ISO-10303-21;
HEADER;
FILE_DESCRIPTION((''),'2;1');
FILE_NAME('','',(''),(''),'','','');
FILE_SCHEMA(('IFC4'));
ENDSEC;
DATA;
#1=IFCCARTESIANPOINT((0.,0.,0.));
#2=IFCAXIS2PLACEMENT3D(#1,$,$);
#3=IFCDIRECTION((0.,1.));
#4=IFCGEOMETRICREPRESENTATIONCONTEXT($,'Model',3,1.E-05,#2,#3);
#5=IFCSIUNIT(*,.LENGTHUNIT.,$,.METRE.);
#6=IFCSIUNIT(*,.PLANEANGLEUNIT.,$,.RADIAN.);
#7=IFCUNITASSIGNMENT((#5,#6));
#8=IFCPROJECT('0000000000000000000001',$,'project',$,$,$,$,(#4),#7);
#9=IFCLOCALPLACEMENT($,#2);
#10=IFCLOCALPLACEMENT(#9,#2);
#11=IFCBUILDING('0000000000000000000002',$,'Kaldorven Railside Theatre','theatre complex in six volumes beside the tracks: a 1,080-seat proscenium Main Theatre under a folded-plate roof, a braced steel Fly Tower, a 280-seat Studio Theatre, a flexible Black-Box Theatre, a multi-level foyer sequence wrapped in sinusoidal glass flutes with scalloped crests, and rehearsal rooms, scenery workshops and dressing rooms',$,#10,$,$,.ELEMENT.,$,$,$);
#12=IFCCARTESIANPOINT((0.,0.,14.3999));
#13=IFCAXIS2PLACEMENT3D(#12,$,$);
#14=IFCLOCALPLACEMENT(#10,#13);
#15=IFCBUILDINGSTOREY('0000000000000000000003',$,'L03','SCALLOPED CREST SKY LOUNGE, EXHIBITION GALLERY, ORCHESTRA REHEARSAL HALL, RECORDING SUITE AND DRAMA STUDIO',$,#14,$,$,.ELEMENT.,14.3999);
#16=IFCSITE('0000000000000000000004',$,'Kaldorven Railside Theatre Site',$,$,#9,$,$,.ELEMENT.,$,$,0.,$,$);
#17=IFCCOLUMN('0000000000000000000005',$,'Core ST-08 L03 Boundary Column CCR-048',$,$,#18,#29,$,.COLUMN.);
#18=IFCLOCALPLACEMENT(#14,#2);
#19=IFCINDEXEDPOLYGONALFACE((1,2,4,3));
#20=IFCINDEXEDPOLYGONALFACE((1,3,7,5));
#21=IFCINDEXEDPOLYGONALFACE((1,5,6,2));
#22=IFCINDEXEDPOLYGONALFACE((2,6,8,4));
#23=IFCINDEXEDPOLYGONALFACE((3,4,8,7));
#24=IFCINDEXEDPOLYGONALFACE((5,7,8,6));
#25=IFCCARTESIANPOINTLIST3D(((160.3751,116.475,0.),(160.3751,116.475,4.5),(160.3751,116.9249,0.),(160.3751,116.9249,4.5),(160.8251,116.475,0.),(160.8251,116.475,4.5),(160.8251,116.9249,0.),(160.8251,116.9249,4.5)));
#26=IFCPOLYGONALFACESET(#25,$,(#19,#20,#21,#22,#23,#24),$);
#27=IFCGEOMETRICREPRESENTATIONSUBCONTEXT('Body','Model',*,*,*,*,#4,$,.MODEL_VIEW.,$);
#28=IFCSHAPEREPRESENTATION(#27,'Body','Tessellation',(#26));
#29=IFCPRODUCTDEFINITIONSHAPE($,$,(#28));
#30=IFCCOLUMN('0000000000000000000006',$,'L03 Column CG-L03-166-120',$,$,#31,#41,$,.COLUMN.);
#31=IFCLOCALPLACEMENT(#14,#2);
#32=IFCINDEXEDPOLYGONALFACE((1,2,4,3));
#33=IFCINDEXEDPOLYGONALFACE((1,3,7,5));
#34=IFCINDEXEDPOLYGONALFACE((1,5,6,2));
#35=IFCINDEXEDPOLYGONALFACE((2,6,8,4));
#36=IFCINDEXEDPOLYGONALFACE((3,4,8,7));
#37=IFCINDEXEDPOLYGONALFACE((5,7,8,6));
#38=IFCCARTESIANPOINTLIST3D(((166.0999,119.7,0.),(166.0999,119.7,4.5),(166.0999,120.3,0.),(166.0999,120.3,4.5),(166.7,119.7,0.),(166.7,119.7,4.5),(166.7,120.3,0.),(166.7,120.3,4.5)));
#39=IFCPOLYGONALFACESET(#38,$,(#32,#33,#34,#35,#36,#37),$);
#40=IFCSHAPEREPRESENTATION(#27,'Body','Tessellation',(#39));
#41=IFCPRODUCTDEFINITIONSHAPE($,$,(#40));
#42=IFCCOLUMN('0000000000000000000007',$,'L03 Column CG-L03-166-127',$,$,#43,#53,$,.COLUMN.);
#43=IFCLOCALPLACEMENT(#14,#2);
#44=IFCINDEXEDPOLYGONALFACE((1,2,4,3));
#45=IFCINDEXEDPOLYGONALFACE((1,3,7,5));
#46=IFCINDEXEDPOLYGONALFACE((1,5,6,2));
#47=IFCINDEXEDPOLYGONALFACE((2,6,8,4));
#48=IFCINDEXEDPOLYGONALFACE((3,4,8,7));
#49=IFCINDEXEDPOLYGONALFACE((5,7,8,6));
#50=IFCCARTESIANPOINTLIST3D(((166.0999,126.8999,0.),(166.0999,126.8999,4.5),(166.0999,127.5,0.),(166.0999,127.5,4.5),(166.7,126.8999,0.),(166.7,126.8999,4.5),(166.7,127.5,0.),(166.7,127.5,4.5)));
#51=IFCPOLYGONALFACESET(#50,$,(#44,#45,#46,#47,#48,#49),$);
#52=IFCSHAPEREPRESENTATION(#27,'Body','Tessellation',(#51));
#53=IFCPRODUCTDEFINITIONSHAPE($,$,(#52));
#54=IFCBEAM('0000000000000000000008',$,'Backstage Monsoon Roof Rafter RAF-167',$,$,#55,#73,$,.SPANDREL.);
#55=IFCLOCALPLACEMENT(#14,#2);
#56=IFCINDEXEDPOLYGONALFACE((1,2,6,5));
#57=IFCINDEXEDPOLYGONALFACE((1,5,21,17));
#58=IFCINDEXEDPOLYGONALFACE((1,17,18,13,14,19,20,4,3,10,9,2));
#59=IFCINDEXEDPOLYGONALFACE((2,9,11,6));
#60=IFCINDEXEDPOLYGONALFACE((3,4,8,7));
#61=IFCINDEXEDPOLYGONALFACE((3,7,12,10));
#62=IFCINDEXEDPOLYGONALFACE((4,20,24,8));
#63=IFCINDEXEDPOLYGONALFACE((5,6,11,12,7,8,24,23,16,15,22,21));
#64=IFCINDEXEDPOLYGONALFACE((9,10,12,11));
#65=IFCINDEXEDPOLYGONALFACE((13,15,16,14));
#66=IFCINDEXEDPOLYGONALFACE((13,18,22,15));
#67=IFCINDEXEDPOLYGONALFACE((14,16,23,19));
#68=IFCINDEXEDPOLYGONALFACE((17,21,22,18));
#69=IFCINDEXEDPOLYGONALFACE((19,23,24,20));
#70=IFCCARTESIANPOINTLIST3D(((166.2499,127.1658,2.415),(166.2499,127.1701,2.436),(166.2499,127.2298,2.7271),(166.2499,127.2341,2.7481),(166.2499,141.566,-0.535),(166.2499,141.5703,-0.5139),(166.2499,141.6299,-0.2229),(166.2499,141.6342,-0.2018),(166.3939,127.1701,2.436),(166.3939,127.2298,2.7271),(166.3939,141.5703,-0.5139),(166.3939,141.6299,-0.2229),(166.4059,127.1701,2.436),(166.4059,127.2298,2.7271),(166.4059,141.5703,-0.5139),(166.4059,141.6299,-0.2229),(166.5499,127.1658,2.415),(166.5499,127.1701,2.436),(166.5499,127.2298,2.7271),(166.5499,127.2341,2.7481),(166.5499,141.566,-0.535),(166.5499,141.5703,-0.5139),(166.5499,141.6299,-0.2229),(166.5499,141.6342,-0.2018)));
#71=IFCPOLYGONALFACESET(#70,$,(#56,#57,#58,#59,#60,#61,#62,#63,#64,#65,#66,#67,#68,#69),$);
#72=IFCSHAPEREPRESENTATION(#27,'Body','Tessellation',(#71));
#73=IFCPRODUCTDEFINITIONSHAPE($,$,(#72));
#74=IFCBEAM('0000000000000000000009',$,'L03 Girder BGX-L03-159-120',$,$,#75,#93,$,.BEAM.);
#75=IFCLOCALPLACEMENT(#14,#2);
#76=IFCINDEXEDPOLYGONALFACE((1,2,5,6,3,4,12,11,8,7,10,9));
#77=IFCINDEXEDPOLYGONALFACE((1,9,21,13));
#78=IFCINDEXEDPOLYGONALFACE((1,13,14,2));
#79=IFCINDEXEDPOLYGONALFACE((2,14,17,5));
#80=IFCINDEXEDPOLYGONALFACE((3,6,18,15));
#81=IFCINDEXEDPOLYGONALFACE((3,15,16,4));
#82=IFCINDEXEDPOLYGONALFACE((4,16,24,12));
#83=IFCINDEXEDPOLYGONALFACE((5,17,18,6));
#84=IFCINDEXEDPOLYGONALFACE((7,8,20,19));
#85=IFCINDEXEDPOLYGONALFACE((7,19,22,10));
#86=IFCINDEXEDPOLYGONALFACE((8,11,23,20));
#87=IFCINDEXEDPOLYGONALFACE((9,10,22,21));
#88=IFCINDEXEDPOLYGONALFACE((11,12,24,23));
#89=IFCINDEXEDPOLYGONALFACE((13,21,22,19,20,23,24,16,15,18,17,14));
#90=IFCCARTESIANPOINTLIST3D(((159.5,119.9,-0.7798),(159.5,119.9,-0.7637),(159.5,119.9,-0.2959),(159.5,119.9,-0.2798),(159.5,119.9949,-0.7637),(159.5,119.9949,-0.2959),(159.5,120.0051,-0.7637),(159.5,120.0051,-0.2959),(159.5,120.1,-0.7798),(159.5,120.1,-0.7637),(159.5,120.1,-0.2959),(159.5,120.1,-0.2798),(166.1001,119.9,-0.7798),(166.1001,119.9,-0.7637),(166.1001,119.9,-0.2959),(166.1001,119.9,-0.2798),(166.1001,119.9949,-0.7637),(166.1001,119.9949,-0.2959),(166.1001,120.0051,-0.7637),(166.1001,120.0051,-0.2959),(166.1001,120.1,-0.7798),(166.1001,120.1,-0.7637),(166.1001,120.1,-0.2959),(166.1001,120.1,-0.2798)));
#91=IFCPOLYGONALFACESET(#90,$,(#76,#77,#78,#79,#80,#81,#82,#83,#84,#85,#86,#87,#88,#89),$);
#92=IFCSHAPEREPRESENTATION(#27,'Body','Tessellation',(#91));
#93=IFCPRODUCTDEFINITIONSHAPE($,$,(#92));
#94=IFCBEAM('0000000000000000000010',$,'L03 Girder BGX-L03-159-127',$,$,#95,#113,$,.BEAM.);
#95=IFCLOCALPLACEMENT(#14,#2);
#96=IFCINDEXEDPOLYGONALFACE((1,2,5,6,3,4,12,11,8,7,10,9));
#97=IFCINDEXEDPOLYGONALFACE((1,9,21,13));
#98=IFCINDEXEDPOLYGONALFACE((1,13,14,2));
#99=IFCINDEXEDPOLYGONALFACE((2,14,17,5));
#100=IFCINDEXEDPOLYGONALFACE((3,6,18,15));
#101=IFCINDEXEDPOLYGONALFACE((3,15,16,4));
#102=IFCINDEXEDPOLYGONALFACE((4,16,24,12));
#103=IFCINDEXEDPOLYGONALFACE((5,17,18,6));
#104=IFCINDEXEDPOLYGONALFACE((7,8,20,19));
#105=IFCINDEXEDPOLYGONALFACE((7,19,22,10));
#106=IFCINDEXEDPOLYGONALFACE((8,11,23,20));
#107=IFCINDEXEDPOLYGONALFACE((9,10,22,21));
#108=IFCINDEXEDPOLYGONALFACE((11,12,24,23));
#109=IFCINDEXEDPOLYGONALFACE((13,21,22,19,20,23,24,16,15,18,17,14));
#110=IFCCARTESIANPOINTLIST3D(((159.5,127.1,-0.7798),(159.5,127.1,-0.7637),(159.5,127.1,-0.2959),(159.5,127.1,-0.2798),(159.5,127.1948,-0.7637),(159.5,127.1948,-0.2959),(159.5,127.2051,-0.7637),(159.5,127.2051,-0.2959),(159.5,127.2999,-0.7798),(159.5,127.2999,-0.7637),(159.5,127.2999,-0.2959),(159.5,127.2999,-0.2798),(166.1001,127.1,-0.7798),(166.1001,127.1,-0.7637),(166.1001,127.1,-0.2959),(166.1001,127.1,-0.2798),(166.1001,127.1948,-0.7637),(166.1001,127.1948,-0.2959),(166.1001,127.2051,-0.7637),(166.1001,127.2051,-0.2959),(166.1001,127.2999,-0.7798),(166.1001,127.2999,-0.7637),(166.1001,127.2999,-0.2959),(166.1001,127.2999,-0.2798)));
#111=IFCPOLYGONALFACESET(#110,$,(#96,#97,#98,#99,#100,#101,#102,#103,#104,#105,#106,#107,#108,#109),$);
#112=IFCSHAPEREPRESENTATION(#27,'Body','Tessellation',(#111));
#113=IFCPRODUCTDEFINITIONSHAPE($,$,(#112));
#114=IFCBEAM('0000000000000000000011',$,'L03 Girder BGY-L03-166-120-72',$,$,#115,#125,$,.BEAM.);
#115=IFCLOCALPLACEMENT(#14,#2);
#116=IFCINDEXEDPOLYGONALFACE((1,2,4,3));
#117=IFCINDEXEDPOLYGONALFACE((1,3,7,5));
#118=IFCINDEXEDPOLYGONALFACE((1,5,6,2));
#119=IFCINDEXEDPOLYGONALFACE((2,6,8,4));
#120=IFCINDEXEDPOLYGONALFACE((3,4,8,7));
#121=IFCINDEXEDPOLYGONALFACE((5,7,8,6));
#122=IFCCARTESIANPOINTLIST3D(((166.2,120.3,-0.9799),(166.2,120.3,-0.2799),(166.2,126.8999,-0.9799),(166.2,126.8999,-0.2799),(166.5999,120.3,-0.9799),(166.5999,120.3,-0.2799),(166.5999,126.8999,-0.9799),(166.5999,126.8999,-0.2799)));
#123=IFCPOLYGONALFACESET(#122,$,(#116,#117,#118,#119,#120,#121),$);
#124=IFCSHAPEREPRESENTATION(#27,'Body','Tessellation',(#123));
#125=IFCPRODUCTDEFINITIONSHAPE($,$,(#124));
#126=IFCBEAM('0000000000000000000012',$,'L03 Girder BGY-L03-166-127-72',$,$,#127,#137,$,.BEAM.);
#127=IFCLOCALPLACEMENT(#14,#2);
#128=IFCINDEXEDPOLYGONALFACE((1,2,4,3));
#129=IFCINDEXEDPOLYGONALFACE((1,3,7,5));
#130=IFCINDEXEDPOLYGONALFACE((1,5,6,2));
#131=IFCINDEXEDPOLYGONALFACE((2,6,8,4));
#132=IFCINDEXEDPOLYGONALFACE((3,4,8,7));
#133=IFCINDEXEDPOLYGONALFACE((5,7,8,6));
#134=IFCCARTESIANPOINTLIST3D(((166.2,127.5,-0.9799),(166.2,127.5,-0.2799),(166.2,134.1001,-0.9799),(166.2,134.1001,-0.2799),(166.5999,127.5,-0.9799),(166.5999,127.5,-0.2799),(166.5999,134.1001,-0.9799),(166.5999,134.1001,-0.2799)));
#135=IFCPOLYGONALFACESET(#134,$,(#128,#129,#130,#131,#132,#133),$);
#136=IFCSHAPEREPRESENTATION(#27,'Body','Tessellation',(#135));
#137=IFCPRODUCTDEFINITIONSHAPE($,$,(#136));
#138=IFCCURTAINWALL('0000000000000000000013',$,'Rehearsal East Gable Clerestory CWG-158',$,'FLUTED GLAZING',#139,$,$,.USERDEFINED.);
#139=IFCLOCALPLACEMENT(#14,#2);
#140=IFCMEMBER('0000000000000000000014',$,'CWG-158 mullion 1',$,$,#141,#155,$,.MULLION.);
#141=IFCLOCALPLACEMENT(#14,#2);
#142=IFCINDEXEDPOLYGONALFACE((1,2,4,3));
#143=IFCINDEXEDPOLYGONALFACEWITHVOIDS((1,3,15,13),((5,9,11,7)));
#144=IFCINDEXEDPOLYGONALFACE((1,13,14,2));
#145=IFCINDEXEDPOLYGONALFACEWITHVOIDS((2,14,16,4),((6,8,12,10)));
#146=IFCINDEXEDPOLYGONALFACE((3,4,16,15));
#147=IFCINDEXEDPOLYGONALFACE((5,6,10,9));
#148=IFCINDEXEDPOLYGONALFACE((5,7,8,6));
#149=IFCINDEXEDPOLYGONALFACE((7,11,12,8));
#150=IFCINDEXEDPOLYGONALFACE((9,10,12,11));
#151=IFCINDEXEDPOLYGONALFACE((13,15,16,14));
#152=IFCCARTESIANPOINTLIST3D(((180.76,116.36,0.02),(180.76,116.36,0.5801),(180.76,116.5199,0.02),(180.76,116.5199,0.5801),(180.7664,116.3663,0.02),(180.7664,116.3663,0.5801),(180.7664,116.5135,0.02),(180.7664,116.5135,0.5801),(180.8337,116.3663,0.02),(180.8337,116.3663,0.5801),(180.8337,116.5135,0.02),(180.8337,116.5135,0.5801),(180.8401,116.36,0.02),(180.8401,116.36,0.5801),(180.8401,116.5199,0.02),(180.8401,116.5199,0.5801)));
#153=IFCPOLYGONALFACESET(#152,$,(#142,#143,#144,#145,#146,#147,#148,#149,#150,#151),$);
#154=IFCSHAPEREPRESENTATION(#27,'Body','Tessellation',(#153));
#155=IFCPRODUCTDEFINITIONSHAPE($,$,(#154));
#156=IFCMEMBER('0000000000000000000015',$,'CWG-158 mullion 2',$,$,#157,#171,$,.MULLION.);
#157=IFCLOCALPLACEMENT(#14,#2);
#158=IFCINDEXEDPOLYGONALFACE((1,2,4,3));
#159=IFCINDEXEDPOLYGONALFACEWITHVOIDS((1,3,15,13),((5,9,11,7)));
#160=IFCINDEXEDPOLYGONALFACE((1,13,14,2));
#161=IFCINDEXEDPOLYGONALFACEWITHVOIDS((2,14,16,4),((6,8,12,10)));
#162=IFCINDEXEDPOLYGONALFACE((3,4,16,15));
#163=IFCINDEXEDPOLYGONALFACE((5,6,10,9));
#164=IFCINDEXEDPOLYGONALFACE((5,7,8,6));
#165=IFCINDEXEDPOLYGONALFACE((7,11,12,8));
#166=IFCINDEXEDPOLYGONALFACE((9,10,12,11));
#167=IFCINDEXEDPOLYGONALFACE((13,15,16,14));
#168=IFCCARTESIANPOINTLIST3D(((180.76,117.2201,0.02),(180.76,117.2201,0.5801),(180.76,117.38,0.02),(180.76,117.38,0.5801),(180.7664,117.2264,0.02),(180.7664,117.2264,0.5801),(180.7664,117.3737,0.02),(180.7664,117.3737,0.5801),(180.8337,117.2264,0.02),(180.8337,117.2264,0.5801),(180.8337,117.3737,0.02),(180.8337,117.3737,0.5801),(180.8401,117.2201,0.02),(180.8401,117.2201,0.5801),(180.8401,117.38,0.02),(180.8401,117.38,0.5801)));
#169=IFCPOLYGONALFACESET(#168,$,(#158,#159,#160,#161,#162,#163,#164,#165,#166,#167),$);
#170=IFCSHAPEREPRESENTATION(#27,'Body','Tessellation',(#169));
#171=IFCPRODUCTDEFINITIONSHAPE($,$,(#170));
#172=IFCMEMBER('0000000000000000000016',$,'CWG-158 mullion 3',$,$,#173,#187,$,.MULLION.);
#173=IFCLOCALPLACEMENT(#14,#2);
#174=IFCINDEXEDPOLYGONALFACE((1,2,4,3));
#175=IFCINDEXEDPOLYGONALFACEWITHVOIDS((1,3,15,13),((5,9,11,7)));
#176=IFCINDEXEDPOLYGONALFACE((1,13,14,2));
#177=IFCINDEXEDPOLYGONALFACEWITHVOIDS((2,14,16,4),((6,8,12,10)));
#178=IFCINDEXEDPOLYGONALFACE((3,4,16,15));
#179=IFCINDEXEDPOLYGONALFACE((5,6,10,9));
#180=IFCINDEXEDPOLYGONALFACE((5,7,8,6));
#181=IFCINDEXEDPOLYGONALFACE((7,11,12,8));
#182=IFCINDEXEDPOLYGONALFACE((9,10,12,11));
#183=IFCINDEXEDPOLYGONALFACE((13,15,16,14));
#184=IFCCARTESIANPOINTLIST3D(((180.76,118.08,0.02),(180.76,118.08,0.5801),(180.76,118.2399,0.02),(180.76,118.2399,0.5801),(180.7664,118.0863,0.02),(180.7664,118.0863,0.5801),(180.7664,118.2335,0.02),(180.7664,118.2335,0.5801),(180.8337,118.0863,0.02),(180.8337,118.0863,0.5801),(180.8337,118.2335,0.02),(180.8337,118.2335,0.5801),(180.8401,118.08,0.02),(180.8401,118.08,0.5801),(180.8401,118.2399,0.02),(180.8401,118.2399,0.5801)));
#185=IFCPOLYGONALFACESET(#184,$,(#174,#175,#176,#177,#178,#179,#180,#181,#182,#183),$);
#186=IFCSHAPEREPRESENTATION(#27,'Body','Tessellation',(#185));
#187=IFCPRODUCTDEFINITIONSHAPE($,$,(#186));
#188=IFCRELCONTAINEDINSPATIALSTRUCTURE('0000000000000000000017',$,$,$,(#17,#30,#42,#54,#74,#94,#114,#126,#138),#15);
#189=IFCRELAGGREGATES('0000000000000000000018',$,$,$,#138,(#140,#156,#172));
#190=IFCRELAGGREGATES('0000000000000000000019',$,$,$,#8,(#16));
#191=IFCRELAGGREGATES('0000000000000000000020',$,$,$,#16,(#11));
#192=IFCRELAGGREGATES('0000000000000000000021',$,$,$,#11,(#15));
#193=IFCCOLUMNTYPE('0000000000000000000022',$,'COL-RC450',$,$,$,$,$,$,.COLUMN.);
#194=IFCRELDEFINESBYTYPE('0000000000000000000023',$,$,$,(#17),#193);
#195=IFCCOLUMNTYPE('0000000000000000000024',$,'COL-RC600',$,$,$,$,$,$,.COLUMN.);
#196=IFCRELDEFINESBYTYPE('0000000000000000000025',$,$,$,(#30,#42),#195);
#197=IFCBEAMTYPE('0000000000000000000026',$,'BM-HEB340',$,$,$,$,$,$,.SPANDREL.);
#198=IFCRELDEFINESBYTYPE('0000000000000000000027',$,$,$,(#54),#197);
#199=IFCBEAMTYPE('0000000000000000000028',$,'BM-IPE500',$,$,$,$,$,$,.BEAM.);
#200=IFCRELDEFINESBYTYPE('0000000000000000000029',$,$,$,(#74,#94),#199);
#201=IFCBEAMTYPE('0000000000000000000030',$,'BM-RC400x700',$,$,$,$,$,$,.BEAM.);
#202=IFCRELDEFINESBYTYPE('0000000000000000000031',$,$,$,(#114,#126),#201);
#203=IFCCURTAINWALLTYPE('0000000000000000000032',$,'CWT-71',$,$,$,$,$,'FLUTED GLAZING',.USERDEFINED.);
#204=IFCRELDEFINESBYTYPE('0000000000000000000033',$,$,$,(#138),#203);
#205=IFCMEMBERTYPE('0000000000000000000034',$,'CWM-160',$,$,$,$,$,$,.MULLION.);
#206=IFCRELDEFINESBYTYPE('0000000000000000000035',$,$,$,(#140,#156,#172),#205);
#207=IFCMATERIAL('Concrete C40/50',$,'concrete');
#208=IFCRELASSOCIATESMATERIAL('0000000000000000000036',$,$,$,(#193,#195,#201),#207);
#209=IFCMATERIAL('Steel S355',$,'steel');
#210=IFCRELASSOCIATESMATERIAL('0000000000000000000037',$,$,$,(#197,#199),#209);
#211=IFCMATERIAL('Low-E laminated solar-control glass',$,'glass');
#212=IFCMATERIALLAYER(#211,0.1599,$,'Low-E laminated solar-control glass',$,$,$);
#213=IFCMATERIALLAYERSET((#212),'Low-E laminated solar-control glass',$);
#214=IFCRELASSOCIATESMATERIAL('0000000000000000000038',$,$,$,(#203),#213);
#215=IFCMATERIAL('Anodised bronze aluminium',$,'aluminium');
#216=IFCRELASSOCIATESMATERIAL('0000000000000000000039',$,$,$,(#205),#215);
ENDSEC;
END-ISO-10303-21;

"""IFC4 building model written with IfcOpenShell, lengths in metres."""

from ifc_helpers import new_model, si_unit, direction, frame, origin, origin_2d, place, context, subcontext, project, spatial, rectangle, hollow_rectangle, i_section, extrude, material, layer, layer_set, material_profile, profile_set, type_object, element, aggregate, save


model = new_model("IFC4")

# Units and contexts
model_context = context("Model", 3, precision=1e-05, world=origin(), true_north=direction((0.0, 1.0)))
body_context = subcontext(model_context, "Body", "Model", "MODEL_VIEW")
ifc_project = project(units=[si_unit("LENGTHUNIT", "METRE"), si_unit("PLANEANGLEUNIT", "RADIAN")], contexts=[model_context])

# Site, building, storey
site_placement = place(None, origin())
site = spatial("IfcSite", under=ifc_project, at=site_placement, Name="Kaldorven Railside Theatre Site", CompositionType="ELEMENT", RefElevation=0.0)
building_placement = place(site_placement, origin())
building = spatial("IfcBuilding", under=site, at=building_placement, Name="Kaldorven Railside Theatre", Description="theatre complex in six volumes beside the tracks: a 1,080-seat proscenium Main Theatre under a folded-plate roof, a braced steel Fly Tower, a 280-seat Studio Theatre, a flexible Black-Box Theatre, a multi-level foyer sequence wrapped in sinusoidal glass flutes with scalloped crests, and rehearsal rooms, scenery workshops and dressing rooms", CompositionType="ELEMENT")
storey_placement = place(building_placement, frame((0.0, 0.0, 14.3999)))
storey = spatial("IfcBuildingStorey", under=building, at=storey_placement, Name="L03", Description="SCALLOPED CREST SKY LOUNGE, EXHIBITION GALLERY, ORCHESTRA REHEARSAL HALL, RECORDING SUITE AND DRAMA STUDIO", CompositionType="ELEMENT", Elevation=14.3999)

# Columns
ifc_material_1 = material(Name="Concrete C40/50", Category="concrete")
ifc_material_profile_1 = material_profile(ifc_material_1, rectangle(XDim=0.45, YDim=0.45, at=origin_2d()), Name="RC 450x450")
ifc_profile_set_1 = profile_set([ifc_material_profile_1], Name="Concrete C40/50")
column_type_1 = type_object("IfcColumnType", Name="COL-RC450", PredefinedType="COLUMN", material=ifc_profile_set_1)
column_placement = place(storey_placement, frame((160.6001, 116.7, 0.0), z_axis=(0.0, 0.0, 1.0), x_axis=(1.0, 0.0, 0.0)))
element("IfcColumn", 1, at=column_placement, inside=storey, type_object=column_type_1, Name="Core ST-08 L03 Boundary Column CCR-048", PredefinedType="COLUMN", context=body_context, shape_type="SweptSolid", body=[
    extrude(rectangle(XDim=0.45, YDim=0.45, at=origin_2d()), origin(), (0.0, 0.0, 1.0), 4.5),
])
ifc_material_profile_2 = material_profile(ifc_material_1, rectangle(XDim=0.6001, YDim=0.6001, at=origin_2d()), Name="RC 600x600")
ifc_profile_set_2 = profile_set([ifc_material_profile_2], Name="Concrete C40/50")
column_type_2 = type_object("IfcColumnType", Name="COL-RC600", PredefinedType="COLUMN", material=ifc_profile_set_2)
for number, where, z_axis, x_axis, name in (
    (2, (166.3999, 120.0, 0.0), (0.0, 0.0, 1.0), (1.0, 0.0, 0.0), "L03 Column CG-L03-166-120"),
    (3, (166.3999, 127.2, 0.0), (0.0, 0.0, 1.0), (0.0, 1.0, 0.0), "L03 Column CG-L03-166-127"),
):
    element("IfcColumn", number, at=place(storey_placement, frame(where, z_axis=z_axis, x_axis=x_axis)), inside=storey, type_object=column_type_2, Name=name, PredefinedType="COLUMN", context=body_context, shape_type="SweptSolid", body=[
        extrude(rectangle(XDim=0.6001, YDim=0.6001, at=origin_2d()), origin(), (0.0, 0.0, 1.0), 4.5),
    ])

# Beams
ifc_material_2 = material(Name="Steel S355", Category="steel")
ifc_material_profile_3 = material_profile(ifc_material_2, i_section(OverallWidth=0.3, OverallDepth=0.3401, WebThickness=0.012, FlangeThickness=0.0215, at=origin_2d()), Name="HEB 340")
ifc_profile_set_3 = profile_set([ifc_material_profile_3], Name="Steel S355")
beam_type_1 = type_object("IfcBeamType", Name="BM-HEB340", PredefinedType="SPANDREL", material=ifc_profile_set_3)
beam_1_placement = place(storey_placement, frame((166.3999, 127.2, 2.5815), z_axis=(0.0, 0.979655, -0.200688), x_axis=(-1.0, 0.0, 0.0)))
element("IfcBeam", 4, at=beam_1_placement, inside=storey, type_object=beam_type_1, Name="Backstage Monsoon Roof Rafter RAF-167", PredefinedType="SPANDREL", context=body_context, shape_type="SweptSolid", body=[
    extrude(i_section(OverallWidth=0.3, OverallDepth=0.3401, WebThickness=0.012, FlangeThickness=0.0215, at=origin_2d()), origin(), (0.0, 0.0, 1.0), 14.6992),
])
ifc_material_profile_4 = material_profile(ifc_material_2, i_section(OverallWidth=0.2, OverallDepth=0.5, WebThickness=0.0103, FlangeThickness=0.0161, at=origin_2d()), Name="IPE 500")
ifc_profile_set_4 = profile_set([ifc_material_profile_4], Name="Steel S355")
beam_type_2 = type_object("IfcBeamType", Name="BM-IPE500", PredefinedType="BEAM", material=ifc_profile_set_4)
for number, where, z_axis, x_axis, name in (
    (5, (159.5, 120.0, -0.5298), (1.0, 0.0, 0.0), (0.0, 1.0, 0.0), "L03 Girder BGX-L03-159-120"),
    (6, (159.5, 127.2, -0.5298), (1.0, 0.0, 0.0), (0.0, 1.0, 0.0), "L03 Girder BGX-L03-159-127"),
):
    element("IfcBeam", number, at=place(storey_placement, frame(where, z_axis=z_axis, x_axis=x_axis)), inside=storey, type_object=beam_type_2, Name=name, PredefinedType="BEAM", context=body_context, shape_type="SweptSolid", body=[
        extrude(i_section(OverallWidth=0.2, OverallDepth=0.5, WebThickness=0.0103, FlangeThickness=0.0161, at=origin_2d()), origin(), (0.0, 0.0, 1.0), 6.6001),
    ])
ifc_material_profile_5 = material_profile(ifc_material_1, rectangle(XDim=0.3999, YDim=0.7, at=origin_2d()), Name="RC 400x700")
ifc_profile_set_5 = profile_set([ifc_material_profile_5], Name="Concrete C40/50")
beam_type_3 = type_object("IfcBeamType", Name="BM-RC400x700", PredefinedType="BEAM", material=ifc_profile_set_5)
beam_2_placement = place(storey_placement, frame((166.3999, 120.3, -0.6299), z_axis=(0.0, 1.0, 0.0), x_axis=(-1.0, 0.0, 0.0)))
element("IfcBeam", 7, at=beam_2_placement, inside=storey, type_object=beam_type_3, Name="L03 Girder BGY-L03-166-120-72", PredefinedType="BEAM", context=body_context, shape_type="SweptSolid", body=[
    extrude(rectangle(XDim=0.3999, YDim=0.7, at=origin_2d()), origin(), (0.0, 0.0, 1.0), 6.5999),
])
beam_3_placement = place(storey_placement, frame((166.3999, 127.5, -0.6299), z_axis=(0.0, 1.0, 0.0), x_axis=(-1.0, 0.0, 0.0)))
element("IfcBeam", 8, at=beam_3_placement, inside=storey, type_object=beam_type_3, Name="L03 Girder BGY-L03-166-127-72", PredefinedType="BEAM", context=body_context, shape_type="SweptSolid", body=[
    extrude(rectangle(XDim=0.3999, YDim=0.7, at=origin_2d()), origin(), (0.0, 0.0, 1.0), 6.6001),
])

# Curtain wall, members
ifc_material_3 = material(Name="Low-E laminated solar-control glass", Category="glass")
ifc_layer_1 = layer(ifc_material_3, 0.1599, Name="Low-E laminated solar-control glass")
ifc_layer_set_1 = layer_set([ifc_layer_1], Name="Low-E laminated solar-control glass")
curtain_wall_type_1 = type_object("IfcCurtainWallType", Name="CWT-71", ElementType="FLUTED GLAZING", PredefinedType="USERDEFINED", material=ifc_layer_set_1)
curtain_wall_1_placement = place(storey_placement, origin())
curtain_wall_1 = element("IfcCurtainWall", 9, at=curtain_wall_1_placement, inside=storey, type_object=curtain_wall_type_1, Name="Rehearsal East Gable Clerestory CWG-158", ObjectType="FLUTED GLAZING", PredefinedType="USERDEFINED")
ifc_material_4 = material(Name="Anodised bronze aluminium", Category="aluminium")
ifc_material_profile_6 = material_profile(ifc_material_4, hollow_rectangle(XDim=0.0801, YDim=0.1599, WallThickness=0.0063, at=origin_2d()), Name="RHS 160x80x6.3")
ifc_profile_set_6 = profile_set([ifc_material_profile_6], Name="Anodised bronze aluminium")
member_type_1 = type_object("IfcMemberType", Name="CWM-160", PredefinedType="MULLION", material=ifc_profile_set_6)
member_1_placement = place(storey_placement, frame((180.8, 116.4399, 0.02), z_axis=(0.0, 0.0, 1.0), x_axis=(-1.0, 0.0, 0.0)))
member_1 = element("IfcMember", 10, at=member_1_placement, type_object=member_type_1, Name="CWG-158 mullion 1", PredefinedType="MULLION", context=body_context, shape_type="SweptSolid", body=[
    extrude(hollow_rectangle(XDim=0.0801, YDim=0.1599, WallThickness=0.0063, at=origin_2d()), origin(), (0.0, 0.0, 1.0), 0.5601),
])
member_2_placement = place(storey_placement, frame((180.8, 117.3, 0.02), z_axis=(0.0, 0.0, 1.0), x_axis=(-1.0, 0.0, 0.0)))
member_2 = element("IfcMember", 11, at=member_2_placement, type_object=member_type_1, Name="CWG-158 mullion 2", PredefinedType="MULLION", context=body_context, shape_type="SweptSolid", body=[
    extrude(hollow_rectangle(XDim=0.0801, YDim=0.1599, WallThickness=0.0063, at=origin_2d()), origin(), (0.0, 0.0, 1.0), 0.5601),
])
member_3_placement = place(storey_placement, frame((180.8, 118.1599, 0.02), z_axis=(0.0, 0.0, 1.0), x_axis=(-1.0, 0.0, 0.0)))
member_3 = element("IfcMember", 12, at=member_3_placement, type_object=member_type_1, Name="CWG-158 mullion 3", PredefinedType="MULLION", context=body_context, shape_type="SweptSolid", body=[
    extrude(hollow_rectangle(XDim=0.0801, YDim=0.1599, WallThickness=0.0063, at=origin_2d()), origin(), (0.0, 0.0, 1.0), 0.5601),
])

aggregate(curtain_wall_1, [member_1, member_2, member_3])

save(model, "model.ifc")
